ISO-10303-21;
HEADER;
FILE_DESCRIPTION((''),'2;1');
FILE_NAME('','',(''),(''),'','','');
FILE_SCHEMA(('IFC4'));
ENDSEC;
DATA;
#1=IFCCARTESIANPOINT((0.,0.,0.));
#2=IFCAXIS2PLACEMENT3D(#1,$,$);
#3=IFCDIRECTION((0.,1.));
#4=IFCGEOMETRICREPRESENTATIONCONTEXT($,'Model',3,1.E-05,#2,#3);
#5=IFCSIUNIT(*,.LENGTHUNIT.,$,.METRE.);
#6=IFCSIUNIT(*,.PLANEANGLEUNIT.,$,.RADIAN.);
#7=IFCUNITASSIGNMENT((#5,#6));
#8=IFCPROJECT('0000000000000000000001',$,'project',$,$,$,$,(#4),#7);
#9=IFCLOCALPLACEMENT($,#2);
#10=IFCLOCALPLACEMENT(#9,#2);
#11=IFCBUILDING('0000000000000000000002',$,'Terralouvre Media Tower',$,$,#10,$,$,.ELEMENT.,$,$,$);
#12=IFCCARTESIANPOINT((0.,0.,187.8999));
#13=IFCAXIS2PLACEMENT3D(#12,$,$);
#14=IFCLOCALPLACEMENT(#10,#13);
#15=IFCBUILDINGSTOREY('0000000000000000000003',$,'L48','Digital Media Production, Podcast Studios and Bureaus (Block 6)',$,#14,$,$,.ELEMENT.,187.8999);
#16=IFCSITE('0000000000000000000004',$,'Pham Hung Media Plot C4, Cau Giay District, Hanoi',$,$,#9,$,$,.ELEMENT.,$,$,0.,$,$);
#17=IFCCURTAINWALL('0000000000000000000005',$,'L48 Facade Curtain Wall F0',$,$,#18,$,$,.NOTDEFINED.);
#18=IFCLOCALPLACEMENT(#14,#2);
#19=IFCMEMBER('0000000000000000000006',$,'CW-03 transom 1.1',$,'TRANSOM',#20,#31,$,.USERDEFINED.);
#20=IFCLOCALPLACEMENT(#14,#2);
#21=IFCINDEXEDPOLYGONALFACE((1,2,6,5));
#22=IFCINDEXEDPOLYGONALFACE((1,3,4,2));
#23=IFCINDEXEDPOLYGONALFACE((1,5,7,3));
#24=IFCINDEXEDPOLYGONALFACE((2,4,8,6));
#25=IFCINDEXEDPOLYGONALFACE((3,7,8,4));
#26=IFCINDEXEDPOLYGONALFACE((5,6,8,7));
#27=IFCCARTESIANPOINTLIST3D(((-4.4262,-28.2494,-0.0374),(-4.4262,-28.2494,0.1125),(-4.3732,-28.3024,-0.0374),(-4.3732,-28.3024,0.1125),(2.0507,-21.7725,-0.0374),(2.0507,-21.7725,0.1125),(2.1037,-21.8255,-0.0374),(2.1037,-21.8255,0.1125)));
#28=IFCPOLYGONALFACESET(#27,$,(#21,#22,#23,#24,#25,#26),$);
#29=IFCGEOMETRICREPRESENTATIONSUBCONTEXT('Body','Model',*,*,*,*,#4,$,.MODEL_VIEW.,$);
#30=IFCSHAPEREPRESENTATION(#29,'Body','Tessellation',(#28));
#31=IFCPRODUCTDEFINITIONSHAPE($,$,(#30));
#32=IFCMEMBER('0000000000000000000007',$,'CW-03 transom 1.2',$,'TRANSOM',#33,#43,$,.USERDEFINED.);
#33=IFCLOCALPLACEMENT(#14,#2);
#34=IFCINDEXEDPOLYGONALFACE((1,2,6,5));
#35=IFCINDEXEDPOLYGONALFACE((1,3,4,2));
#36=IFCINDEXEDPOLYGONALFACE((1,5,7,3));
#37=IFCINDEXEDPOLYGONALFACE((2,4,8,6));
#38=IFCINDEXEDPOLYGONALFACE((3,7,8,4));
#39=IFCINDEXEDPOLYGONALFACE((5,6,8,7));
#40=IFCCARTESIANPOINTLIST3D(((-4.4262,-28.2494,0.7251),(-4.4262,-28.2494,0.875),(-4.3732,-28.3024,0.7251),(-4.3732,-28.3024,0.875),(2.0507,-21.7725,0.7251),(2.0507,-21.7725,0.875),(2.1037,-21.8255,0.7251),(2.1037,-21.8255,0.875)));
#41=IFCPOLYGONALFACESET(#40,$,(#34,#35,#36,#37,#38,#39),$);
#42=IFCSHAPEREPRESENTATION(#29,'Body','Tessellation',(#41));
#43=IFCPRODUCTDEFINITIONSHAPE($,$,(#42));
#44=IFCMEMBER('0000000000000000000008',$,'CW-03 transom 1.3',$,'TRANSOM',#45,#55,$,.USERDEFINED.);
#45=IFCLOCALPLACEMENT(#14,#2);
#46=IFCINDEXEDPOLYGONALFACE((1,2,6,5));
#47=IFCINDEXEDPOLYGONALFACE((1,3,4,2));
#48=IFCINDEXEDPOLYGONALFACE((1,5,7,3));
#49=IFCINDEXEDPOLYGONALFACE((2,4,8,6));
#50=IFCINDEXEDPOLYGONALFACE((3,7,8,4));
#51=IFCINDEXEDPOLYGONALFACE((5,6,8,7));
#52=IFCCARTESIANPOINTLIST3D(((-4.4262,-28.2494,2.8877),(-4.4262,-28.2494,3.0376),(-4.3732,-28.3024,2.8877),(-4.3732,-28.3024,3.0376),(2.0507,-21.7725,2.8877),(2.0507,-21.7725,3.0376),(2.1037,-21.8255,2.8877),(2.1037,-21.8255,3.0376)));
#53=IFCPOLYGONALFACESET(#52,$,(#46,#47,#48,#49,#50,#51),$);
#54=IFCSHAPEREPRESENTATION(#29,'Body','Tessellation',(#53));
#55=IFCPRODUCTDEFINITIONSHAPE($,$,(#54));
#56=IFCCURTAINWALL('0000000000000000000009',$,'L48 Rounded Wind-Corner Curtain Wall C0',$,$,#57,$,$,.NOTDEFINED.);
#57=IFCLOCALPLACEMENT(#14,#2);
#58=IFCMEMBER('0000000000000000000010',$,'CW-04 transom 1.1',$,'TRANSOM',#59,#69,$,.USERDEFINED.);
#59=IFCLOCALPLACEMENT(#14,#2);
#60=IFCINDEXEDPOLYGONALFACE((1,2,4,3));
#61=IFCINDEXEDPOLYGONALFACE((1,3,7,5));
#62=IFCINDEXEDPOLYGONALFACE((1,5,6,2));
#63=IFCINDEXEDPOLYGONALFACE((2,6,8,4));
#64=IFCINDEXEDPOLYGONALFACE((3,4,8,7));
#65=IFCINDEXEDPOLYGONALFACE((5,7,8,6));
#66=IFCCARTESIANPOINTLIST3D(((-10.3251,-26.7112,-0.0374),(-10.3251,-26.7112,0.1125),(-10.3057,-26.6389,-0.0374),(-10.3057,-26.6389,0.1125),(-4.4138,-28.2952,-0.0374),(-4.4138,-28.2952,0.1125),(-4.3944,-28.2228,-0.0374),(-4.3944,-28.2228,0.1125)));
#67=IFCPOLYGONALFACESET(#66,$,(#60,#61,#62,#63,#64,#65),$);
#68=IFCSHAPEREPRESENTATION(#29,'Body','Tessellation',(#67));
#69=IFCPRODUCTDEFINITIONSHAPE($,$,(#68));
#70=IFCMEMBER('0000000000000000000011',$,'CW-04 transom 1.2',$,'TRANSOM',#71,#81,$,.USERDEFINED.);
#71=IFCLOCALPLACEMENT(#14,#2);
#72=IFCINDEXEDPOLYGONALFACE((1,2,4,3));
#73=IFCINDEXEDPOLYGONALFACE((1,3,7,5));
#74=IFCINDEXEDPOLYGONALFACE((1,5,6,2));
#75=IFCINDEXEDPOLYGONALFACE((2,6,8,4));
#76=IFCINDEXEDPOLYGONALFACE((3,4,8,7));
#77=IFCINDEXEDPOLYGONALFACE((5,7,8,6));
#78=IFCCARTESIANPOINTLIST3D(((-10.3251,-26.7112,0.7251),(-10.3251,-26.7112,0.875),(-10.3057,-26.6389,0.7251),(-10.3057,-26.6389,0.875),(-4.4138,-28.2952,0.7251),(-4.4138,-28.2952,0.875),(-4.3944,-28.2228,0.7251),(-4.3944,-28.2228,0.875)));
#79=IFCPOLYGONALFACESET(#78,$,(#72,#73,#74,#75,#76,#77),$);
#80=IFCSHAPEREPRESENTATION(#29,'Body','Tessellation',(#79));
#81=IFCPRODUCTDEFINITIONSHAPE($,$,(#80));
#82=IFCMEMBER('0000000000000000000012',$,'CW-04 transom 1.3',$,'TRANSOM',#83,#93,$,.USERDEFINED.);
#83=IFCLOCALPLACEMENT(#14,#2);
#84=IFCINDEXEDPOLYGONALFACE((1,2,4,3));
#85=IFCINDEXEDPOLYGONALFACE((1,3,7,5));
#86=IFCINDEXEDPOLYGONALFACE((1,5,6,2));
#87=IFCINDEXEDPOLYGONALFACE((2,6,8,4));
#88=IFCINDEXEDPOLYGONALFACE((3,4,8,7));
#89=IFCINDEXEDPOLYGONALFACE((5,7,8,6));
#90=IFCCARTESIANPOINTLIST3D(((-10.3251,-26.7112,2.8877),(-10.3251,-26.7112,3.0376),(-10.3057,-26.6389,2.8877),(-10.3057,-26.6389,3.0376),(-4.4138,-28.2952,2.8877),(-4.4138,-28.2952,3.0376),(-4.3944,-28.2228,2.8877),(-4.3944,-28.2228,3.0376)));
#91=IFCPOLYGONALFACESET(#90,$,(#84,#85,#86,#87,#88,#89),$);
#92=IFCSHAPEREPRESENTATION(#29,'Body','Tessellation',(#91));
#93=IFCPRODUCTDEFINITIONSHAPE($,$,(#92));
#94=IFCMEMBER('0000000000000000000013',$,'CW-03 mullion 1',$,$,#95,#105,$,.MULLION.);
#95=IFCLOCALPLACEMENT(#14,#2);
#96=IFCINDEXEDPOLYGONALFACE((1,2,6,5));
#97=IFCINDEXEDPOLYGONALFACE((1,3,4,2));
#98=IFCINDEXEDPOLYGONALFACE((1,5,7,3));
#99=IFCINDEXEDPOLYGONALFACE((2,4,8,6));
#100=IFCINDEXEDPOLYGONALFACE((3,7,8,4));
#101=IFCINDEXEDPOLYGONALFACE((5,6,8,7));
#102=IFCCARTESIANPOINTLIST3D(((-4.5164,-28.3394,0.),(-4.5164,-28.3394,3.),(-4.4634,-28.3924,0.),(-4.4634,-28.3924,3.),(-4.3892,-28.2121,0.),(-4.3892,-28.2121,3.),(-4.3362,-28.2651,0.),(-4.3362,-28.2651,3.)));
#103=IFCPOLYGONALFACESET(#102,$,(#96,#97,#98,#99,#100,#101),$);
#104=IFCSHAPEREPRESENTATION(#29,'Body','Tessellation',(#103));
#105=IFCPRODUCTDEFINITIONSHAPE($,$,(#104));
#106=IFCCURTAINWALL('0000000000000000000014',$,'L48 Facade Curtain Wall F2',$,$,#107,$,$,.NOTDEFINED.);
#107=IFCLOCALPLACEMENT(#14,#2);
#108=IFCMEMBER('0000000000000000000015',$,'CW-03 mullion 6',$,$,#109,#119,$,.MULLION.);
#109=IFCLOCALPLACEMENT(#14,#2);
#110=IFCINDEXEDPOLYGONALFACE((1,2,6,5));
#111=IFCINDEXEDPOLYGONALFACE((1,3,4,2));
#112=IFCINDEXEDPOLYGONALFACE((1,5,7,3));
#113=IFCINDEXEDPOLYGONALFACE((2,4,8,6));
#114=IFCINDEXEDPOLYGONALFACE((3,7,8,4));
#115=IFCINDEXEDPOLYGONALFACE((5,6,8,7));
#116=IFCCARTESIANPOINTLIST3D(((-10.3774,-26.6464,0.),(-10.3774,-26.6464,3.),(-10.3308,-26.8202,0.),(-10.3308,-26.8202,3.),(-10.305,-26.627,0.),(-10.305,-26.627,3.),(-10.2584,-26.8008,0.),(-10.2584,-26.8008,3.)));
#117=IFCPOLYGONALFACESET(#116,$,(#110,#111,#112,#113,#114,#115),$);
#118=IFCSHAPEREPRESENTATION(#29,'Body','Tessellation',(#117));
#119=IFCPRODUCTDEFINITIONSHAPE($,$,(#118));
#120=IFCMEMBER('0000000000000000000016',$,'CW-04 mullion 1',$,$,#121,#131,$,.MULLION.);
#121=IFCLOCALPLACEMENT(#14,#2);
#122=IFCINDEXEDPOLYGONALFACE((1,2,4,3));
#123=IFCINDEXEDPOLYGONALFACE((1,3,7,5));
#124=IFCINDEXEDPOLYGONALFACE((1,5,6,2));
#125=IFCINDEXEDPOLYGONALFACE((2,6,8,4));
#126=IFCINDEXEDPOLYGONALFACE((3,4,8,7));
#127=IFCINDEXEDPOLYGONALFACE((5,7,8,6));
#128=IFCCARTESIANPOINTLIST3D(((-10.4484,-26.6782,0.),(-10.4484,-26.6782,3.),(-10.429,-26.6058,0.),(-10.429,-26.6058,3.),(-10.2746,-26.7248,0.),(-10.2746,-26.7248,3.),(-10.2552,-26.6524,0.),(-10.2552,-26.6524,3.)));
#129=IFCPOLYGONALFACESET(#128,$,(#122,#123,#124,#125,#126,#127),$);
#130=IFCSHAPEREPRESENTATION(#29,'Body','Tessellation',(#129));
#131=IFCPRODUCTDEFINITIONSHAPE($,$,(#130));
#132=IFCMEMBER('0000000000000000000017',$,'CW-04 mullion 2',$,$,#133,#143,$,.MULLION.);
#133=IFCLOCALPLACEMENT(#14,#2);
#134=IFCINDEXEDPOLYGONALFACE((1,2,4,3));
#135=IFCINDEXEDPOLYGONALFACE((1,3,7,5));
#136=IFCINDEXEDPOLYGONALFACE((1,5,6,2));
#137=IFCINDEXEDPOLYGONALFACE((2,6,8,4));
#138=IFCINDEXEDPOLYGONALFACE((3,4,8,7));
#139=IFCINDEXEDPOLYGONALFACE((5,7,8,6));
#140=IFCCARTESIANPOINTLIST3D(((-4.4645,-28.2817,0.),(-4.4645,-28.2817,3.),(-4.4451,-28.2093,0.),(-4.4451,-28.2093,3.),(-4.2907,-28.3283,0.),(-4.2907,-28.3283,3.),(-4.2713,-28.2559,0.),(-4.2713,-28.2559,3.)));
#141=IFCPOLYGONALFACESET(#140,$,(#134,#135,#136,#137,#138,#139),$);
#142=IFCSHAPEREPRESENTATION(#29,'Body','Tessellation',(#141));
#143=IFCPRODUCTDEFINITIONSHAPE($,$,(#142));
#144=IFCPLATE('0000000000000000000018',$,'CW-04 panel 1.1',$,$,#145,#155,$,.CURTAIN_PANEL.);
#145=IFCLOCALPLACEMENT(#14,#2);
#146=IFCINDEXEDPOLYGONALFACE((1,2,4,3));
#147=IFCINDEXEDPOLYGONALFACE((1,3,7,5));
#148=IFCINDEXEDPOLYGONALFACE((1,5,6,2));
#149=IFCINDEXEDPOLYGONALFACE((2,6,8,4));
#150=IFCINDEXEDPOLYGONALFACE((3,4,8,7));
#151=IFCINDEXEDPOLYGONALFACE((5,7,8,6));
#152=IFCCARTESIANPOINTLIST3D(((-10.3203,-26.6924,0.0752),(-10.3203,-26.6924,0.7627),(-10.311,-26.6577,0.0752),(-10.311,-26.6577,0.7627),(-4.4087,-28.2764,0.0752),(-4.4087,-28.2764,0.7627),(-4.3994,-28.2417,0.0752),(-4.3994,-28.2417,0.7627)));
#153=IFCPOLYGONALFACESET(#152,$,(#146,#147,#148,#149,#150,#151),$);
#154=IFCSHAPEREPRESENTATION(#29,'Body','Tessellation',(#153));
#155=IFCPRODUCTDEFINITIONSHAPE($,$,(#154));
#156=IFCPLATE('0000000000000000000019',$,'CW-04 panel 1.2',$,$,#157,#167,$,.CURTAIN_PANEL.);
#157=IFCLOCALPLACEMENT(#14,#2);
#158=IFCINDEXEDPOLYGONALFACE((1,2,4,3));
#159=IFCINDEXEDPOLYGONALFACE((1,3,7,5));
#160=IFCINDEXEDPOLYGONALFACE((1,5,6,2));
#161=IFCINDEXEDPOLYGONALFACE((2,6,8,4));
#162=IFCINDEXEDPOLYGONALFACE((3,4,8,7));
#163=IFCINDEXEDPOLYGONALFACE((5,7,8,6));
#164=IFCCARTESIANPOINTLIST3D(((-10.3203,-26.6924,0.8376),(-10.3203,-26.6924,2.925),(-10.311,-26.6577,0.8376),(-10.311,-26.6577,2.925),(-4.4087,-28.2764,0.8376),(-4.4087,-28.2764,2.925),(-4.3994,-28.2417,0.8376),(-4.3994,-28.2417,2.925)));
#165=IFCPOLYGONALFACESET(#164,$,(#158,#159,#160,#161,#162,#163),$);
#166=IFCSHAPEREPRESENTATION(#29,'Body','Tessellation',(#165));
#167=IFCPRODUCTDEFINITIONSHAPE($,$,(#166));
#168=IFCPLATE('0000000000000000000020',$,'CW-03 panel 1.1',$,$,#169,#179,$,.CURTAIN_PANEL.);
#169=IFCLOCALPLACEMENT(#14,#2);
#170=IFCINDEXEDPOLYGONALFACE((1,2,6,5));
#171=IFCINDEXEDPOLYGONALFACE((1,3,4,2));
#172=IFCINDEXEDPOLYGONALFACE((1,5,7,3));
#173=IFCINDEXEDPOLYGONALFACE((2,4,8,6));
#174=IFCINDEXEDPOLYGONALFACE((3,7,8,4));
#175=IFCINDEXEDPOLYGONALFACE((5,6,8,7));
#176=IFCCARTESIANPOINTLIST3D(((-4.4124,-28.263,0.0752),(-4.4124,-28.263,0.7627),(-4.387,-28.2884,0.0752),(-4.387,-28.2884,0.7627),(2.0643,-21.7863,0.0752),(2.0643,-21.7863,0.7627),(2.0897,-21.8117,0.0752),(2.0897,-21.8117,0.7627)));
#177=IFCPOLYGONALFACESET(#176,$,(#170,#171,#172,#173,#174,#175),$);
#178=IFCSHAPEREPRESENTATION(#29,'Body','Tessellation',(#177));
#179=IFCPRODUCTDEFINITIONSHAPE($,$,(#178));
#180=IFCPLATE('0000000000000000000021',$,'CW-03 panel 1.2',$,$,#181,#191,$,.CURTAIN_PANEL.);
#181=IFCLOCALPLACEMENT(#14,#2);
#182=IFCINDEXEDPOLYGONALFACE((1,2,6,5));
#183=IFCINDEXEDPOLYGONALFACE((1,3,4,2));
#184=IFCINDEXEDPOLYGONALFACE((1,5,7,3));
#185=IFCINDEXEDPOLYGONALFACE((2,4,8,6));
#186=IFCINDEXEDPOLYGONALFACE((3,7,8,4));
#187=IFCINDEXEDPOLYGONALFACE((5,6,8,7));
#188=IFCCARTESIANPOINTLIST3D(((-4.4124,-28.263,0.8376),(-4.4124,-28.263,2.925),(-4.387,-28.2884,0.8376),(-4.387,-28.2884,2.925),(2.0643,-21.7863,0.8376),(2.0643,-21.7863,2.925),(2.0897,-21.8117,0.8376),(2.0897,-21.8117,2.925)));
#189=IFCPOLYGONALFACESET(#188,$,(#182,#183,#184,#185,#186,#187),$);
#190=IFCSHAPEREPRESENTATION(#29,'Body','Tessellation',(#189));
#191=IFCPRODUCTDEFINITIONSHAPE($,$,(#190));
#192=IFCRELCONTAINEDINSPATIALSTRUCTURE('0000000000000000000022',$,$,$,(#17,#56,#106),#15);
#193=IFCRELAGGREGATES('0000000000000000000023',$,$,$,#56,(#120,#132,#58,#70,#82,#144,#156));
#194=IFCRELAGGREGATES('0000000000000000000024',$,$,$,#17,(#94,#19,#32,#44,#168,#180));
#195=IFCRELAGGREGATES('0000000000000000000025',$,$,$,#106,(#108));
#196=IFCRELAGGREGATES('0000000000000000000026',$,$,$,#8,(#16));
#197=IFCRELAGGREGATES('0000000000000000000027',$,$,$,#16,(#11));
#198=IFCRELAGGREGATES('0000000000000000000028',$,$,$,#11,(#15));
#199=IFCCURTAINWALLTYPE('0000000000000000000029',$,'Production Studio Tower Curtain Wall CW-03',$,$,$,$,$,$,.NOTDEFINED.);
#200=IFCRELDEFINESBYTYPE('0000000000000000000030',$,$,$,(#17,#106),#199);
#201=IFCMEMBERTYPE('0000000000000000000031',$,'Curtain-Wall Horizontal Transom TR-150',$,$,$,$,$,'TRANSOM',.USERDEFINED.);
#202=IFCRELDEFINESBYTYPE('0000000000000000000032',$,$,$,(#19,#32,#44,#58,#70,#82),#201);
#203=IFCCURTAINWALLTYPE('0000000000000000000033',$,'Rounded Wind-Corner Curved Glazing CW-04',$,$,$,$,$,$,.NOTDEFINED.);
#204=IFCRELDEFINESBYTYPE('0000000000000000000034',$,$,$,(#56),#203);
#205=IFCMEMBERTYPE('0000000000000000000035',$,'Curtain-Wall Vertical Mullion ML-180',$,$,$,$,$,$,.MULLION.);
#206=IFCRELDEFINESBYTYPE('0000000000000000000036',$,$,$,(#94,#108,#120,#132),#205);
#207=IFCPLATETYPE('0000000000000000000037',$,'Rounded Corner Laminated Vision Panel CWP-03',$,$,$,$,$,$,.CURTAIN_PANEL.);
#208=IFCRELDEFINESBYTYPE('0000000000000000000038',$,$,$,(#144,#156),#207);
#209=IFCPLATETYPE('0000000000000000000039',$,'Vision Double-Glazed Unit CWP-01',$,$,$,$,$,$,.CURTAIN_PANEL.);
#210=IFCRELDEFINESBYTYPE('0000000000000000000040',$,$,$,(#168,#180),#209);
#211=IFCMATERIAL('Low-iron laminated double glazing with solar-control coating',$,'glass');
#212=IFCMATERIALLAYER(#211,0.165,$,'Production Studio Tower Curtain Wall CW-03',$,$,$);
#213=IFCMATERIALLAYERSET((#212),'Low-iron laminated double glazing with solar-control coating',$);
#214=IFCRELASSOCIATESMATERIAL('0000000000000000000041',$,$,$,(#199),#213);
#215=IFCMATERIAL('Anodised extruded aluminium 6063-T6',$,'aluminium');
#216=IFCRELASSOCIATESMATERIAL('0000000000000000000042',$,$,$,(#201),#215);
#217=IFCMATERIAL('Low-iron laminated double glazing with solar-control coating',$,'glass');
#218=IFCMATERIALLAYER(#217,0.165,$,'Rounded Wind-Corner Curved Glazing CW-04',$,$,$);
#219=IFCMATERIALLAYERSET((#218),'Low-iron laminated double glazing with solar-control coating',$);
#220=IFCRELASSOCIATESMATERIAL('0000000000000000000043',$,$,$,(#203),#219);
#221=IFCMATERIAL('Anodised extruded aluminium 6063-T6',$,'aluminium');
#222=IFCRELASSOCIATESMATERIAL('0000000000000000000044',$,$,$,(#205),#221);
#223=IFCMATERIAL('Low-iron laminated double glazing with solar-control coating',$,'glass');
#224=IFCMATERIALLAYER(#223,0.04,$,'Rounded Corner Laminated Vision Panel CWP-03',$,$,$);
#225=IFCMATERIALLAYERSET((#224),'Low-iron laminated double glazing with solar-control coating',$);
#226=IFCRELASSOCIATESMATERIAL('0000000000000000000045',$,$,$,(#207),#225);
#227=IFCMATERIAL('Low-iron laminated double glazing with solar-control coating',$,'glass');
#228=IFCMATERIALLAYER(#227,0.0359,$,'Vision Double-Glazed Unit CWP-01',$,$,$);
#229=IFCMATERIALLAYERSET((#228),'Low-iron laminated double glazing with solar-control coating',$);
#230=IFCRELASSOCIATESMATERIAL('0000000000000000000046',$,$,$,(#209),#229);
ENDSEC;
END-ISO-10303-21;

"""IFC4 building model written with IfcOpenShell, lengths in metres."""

from ifc_helpers import new_model, si_unit, direction, frame, origin, origin_2d, place, context, subcontext, project, spatial, rectangle, extrude, material, layer, layer_set, material_profile, profile_set, type_object, element, aggregate, save


model = new_model("IFC4")

# Units and contexts
model_context = context("Model", 3, precision=1e-05, world=origin(), true_north=direction((0.0, 1.0)))
body_context = subcontext(model_context, "Body", "Model", "MODEL_VIEW")
ifc_project = project(units=[si_unit("LENGTHUNIT", "METRE"), si_unit("PLANEANGLEUNIT", "RADIAN")], contexts=[model_context])

# Site, building, storey
site_placement = place(None, origin())
site = spatial("IfcSite", under=ifc_project, at=site_placement, Name="Pham Hung Media Plot C4, Cau Giay District, Hanoi", CompositionType="ELEMENT", RefElevation=0.0)
building_placement = place(site_placement, origin())
building = spatial("IfcBuilding", under=site, at=building_placement, Name="Terralouvre Media Tower", CompositionType="ELEMENT")
storey_placement = place(building_placement, frame((0.0, 0.0, 187.8999)))
storey = spatial("IfcBuildingStorey", under=building, at=storey_placement, Name="L48", Description="Digital Media Production, Podcast Studios and Bureaus (Block 6)", CompositionType="ELEMENT", Elevation=187.8999)

# Curtain walls, members
ifc_material_1 = material(Name="Low-iron laminated double glazing with solar-control coating", Category="glass")
ifc_layer_1 = layer(ifc_material_1, 0.165, Name="Production Studio Tower Curtain Wall CW-03")
ifc_layer_set_1 = layer_set([ifc_layer_1], Name="Low-iron laminated double glazing with solar-control coating")
curtain_wall_type_1 = type_object("IfcCurtainWallType", Name="Production Studio Tower Curtain Wall CW-03", PredefinedType="NOTDEFINED", material=ifc_layer_set_1)
curtain_wall_1_placement = place(storey_placement, origin())
curtain_wall_1 = element("IfcCurtainWall", 1, at=curtain_wall_1_placement, inside=storey, type_object=curtain_wall_type_1, Name="L48 Facade Curtain Wall F0", PredefinedType="NOTDEFINED")
ifc_material_2 = material(Name="Anodised extruded aluminium 6063-T6", Category="aluminium")
ifc_material_profile_1 = material_profile(ifc_material_2, rectangle(XDim=0.075, YDim=0.1499, at=origin_2d()), Name="ALU 75x150")
ifc_profile_set_1 = profile_set([ifc_material_profile_1], Name="Anodised extruded aluminium 6063-T6")
member_type_1 = type_object("IfcMemberType", Name="Curtain-Wall Horizontal Transom TR-150", ElementType="TRANSOM", PredefinedType="USERDEFINED", material=ifc_profile_set_1)
member_1_placement = place(storey_placement, frame((-4.3997, -28.2759, 0.0376), z_axis=(0.707107, 0.707107, 0.0), x_axis=(-0.707107, 0.707107, 0.0)))
member_1 = element("IfcMember", 2, at=member_1_placement, type_object=member_type_1, Name="CW-03 transom 1.1", ObjectType="TRANSOM", PredefinedType="USERDEFINED", context=body_context, shape_type="SweptSolid", body=[
    extrude(rectangle(XDim=0.075, YDim=0.1499, at=origin_2d()), origin(), (0.0, 0.0, 1.0), 9.1597),
])
member_2_placement = place(storey_placement, frame((-4.3997, -28.2759, 0.8), z_axis=(0.707107, 0.707107, 0.0), x_axis=(-0.707107, 0.707107, 0.0)))
member_2 = element("IfcMember", 3, at=member_2_placement, type_object=member_type_1, Name="CW-03 transom 1.2", ObjectType="TRANSOM", PredefinedType="USERDEFINED", context=body_context, shape_type="SweptSolid", body=[
    extrude(rectangle(XDim=0.075, YDim=0.1499, at=origin_2d()), origin(), (0.0, 0.0, 1.0), 9.1597),
])
member_3_placement = place(storey_placement, frame((-4.3997, -28.2759, 2.9626), z_axis=(0.707107, 0.707107, 0.0), x_axis=(-0.707107, 0.707107, 0.0)))
member_3 = element("IfcMember", 4, at=member_3_placement, type_object=member_type_1, Name="CW-03 transom 1.3", ObjectType="TRANSOM", PredefinedType="USERDEFINED", context=body_context, shape_type="SweptSolid", body=[
    extrude(rectangle(XDim=0.075, YDim=0.1499, at=origin_2d()), origin(), (0.0, 0.0, 1.0), 9.1597),
])
ifc_material_3 = material(Name="Low-iron laminated double glazing with solar-control coating", Category="glass")
ifc_layer_2 = layer(ifc_material_3, 0.165, Name="Rounded Wind-Corner Curved Glazing CW-04")
ifc_layer_set_2 = layer_set([ifc_layer_2], Name="Low-iron laminated double glazing with solar-control coating")
curtain_wall_type_2 = type_object("IfcCurtainWallType", Name="Rounded Wind-Corner Curved Glazing CW-04", PredefinedType="NOTDEFINED", material=ifc_layer_set_2)
curtain_wall_2_placement = place(storey_placement, origin())
curtain_wall_2 = element("IfcCurtainWall", 5, at=curtain_wall_2_placement, inside=storey, type_object=curtain_wall_type_2, Name="L48 Rounded Wind-Corner Curtain Wall C0", PredefinedType="NOTDEFINED")
member_4_placement = place(storey_placement, frame((-10.3154, -26.675, 0.0376), z_axis=(0.965924, -0.258824, 0.0), x_axis=(0.258824, 0.965924, 0.0)))
member_4 = element("IfcMember", 6, at=member_4_placement, type_object=member_type_1, Name="CW-04 transom 1.1", ObjectType="TRANSOM", PredefinedType="USERDEFINED", context=body_context, shape_type="SweptSolid", body=[
    extrude(rectangle(XDim=0.075, YDim=0.1499, at=origin_2d()), origin(), (0.0, 0.0, 1.0), 6.1199),
])
member_5_placement = place(storey_placement, frame((-10.3154, -26.675, 0.8), z_axis=(0.965924, -0.258824, 0.0), x_axis=(0.258824, 0.965924, 0.0)))
member_5 = element("IfcMember", 7, at=member_5_placement, type_object=member_type_1, Name="CW-04 transom 1.2", ObjectType="TRANSOM", PredefinedType="USERDEFINED", context=body_context, shape_type="SweptSolid", body=[
    extrude(rectangle(XDim=0.075, YDim=0.1499, at=origin_2d()), origin(), (0.0, 0.0, 1.0), 6.1199),
])
member_6_placement = place(storey_placement, frame((-10.3154, -26.675, 2.9626), z_axis=(0.965924, -0.258824, 0.0), x_axis=(0.258824, 0.965924, 0.0)))
member_6 = element("IfcMember", 8, at=member_6_placement, type_object=member_type_1, Name="CW-04 transom 1.3", ObjectType="TRANSOM", PredefinedType="USERDEFINED", context=body_context, shape_type="SweptSolid", body=[
    extrude(rectangle(XDim=0.075, YDim=0.1499, at=origin_2d()), origin(), (0.0, 0.0, 1.0), 6.1199),
])

# Member
ifc_material_4 = material(Name="Anodised extruded aluminium 6063-T6", Category="aluminium")
ifc_material_profile_2 = material_profile(ifc_material_4, rectangle(XDim=0.075, YDim=0.1799, at=origin_2d()), Name="ALU 75x180")
ifc_profile_set_2 = profile_set([ifc_material_profile_2], Name="Anodised extruded aluminium 6063-T6")
member_type_2 = type_object("IfcMemberType", Name="Curtain-Wall Vertical Mullion ML-180", PredefinedType="MULLION", material=ifc_profile_set_2)
member_7_placement = place(storey_placement, frame((-4.4263, -28.3022, 0.0), z_axis=(0.0, 0.0, 1.0), x_axis=(-0.707107, 0.707107, 0.0)))
member_7 = element("IfcMember", 9, at=member_7_placement, type_object=member_type_2, Name="CW-03 mullion 1", PredefinedType="MULLION", context=body_context, shape_type="SweptSolid", body=[
    extrude(rectangle(XDim=0.075, YDim=0.1799, at=origin_2d()), origin(), (0.0, 0.0, 1.0), 3.0),
])

# Curtain wall, member
curtain_wall_3_placement = place(storey_placement, origin())
curtain_wall_3 = element("IfcCurtainWall", 10, at=curtain_wall_3_placement, inside=storey, type_object=curtain_wall_type_1, Name="L48 Facade Curtain Wall F2", PredefinedType="NOTDEFINED")
member_8_placement = place(storey_placement, frame((-10.3179, -26.7236, 0.0), z_axis=(0.0, 0.0, 1.0), x_axis=(0.965926, 0.258819, 0.0)))
member_8 = element("IfcMember", 11, at=member_8_placement, type_object=member_type_2, Name="CW-03 mullion 6", PredefinedType="MULLION", context=body_context, shape_type="SweptSolid", body=[
    extrude(rectangle(XDim=0.075, YDim=0.1799, at=origin_2d()), origin(), (0.0, 0.0, 1.0), 3.0),
])

# Members
member_9_placement = place(storey_placement, frame((-10.3518, -26.6653, 0.0), z_axis=(0.0, 0.0, 1.0), x_axis=(0.258819, 0.965926, 0.0)))
member_9 = element("IfcMember", 12, at=member_9_placement, type_object=member_type_2, Name="CW-04 mullion 1", PredefinedType="MULLION", context=body_context, shape_type="SweptSolid", body=[
    extrude(rectangle(XDim=0.075, YDim=0.1799, at=origin_2d()), origin(), (0.0, 0.0, 1.0), 3.0),
])
member_10_placement = place(storey_placement, frame((-4.3679, -28.2688, 0.0), z_axis=(0.0, 0.0, 1.0), x_axis=(0.258819, 0.965926, 0.0)))
member_10 = element("IfcMember", 13, at=member_10_placement, type_object=member_type_2, Name="CW-04 mullion 2", PredefinedType="MULLION", context=body_context, shape_type="SweptSolid", body=[
    extrude(rectangle(XDim=0.075, YDim=0.1799, at=origin_2d()), origin(), (0.0, 0.0, 1.0), 3.0),
])

# Plates
ifc_material_5 = material(Name="Low-iron laminated double glazing with solar-control coating", Category="glass")
ifc_layer_3 = layer(ifc_material_5, 0.04, Name="Rounded Corner Laminated Vision Panel CWP-03")
ifc_layer_set_3 = layer_set([ifc_layer_3], Name="Low-iron laminated double glazing with solar-control coating")
plate_type_1 = type_object("IfcPlateType", Name="Rounded Corner Laminated Vision Panel CWP-03", PredefinedType="CURTAIN_PANEL", material=ifc_layer_set_3)
plate_1_placement = place(storey_placement, frame((-7.3599, -27.467, 0.0752), z_axis=(0.0, 0.0, 1.0), x_axis=(0.965926, -0.258819, 0.0)))
plate_1 = element("IfcPlate", 14, at=plate_1_placement, type_object=plate_type_1, Name="CW-04 panel 1.1", PredefinedType="CURTAIN_PANEL", context=body_context, shape_type="SweptSolid", body=[
    extrude(rectangle(XDim=6.1201, YDim=0.0359, at=origin_2d()), origin(), (0.0, 0.0, 1.0), 0.6875),
])
plate_2_placement = place(storey_placement, frame((-7.3599, -27.467, 0.8376), z_axis=(0.0, 0.0, 1.0), x_axis=(0.965926, -0.258819, 0.0)))
plate_2 = element("IfcPlate", 15, at=plate_2_placement, type_object=plate_type_1, Name="CW-04 panel 1.2", PredefinedType="CURTAIN_PANEL", context=body_context, shape_type="SweptSolid", body=[
    extrude(rectangle(XDim=6.1201, YDim=0.0359, at=origin_2d()), origin(), (0.0, 0.0, 1.0), 2.0874),
])
aggregate(curtain_wall_2, [member_9, member_10, member_4, member_5, member_6, plate_1, plate_2])
ifc_material_6 = material(Name="Low-iron laminated double glazing with solar-control coating", Category="glass")
ifc_layer_4 = layer(ifc_material_6, 0.0359, Name="Vision Double-Glazed Unit CWP-01")
ifc_layer_set_4 = layer_set([ifc_layer_4], Name="Low-iron laminated double glazing with solar-control coating")
plate_type_2 = type_object("IfcPlateType", Name="Vision Double-Glazed Unit CWP-01", PredefinedType="CURTAIN_PANEL", material=ifc_layer_set_4)
plate_3_placement = place(storey_placement, frame((-1.1614, -25.0374, 0.0752), z_axis=(0.0, 0.0, 1.0), x_axis=(0.707107, 0.707107, 0.0)))
plate_3 = element("IfcPlate", 16, at=plate_3_placement, type_object=plate_type_2, Name="CW-03 panel 1.1", PredefinedType="CURTAIN_PANEL", context=body_context, shape_type="SweptSolid", body=[
    extrude(rectangle(XDim=9.1594, YDim=0.0359, at=origin_2d()), origin(), (0.0, 0.0, 1.0), 0.6875),
])
plate_4_placement = place(storey_placement, frame((-1.1614, -25.0374, 0.8376), z_axis=(0.0, 0.0, 1.0), x_axis=(0.707107, 0.707107, 0.0)))
plate_4 = element("IfcPlate", 17, at=plate_4_placement, type_object=plate_type_2, Name="CW-03 panel 1.2", PredefinedType="CURTAIN_PANEL", context=body_context, shape_type="SweptSolid", body=[
    extrude(rectangle(XDim=9.1594, YDim=0.0359, at=origin_2d()), origin(), (0.0, 0.0, 1.0), 2.0874),
])
aggregate(curtain_wall_1, [member_7, member_1, member_2, member_3, plate_3, plate_4])
aggregate(curtain_wall_3, [member_8])

save(model, "model.ifc")
